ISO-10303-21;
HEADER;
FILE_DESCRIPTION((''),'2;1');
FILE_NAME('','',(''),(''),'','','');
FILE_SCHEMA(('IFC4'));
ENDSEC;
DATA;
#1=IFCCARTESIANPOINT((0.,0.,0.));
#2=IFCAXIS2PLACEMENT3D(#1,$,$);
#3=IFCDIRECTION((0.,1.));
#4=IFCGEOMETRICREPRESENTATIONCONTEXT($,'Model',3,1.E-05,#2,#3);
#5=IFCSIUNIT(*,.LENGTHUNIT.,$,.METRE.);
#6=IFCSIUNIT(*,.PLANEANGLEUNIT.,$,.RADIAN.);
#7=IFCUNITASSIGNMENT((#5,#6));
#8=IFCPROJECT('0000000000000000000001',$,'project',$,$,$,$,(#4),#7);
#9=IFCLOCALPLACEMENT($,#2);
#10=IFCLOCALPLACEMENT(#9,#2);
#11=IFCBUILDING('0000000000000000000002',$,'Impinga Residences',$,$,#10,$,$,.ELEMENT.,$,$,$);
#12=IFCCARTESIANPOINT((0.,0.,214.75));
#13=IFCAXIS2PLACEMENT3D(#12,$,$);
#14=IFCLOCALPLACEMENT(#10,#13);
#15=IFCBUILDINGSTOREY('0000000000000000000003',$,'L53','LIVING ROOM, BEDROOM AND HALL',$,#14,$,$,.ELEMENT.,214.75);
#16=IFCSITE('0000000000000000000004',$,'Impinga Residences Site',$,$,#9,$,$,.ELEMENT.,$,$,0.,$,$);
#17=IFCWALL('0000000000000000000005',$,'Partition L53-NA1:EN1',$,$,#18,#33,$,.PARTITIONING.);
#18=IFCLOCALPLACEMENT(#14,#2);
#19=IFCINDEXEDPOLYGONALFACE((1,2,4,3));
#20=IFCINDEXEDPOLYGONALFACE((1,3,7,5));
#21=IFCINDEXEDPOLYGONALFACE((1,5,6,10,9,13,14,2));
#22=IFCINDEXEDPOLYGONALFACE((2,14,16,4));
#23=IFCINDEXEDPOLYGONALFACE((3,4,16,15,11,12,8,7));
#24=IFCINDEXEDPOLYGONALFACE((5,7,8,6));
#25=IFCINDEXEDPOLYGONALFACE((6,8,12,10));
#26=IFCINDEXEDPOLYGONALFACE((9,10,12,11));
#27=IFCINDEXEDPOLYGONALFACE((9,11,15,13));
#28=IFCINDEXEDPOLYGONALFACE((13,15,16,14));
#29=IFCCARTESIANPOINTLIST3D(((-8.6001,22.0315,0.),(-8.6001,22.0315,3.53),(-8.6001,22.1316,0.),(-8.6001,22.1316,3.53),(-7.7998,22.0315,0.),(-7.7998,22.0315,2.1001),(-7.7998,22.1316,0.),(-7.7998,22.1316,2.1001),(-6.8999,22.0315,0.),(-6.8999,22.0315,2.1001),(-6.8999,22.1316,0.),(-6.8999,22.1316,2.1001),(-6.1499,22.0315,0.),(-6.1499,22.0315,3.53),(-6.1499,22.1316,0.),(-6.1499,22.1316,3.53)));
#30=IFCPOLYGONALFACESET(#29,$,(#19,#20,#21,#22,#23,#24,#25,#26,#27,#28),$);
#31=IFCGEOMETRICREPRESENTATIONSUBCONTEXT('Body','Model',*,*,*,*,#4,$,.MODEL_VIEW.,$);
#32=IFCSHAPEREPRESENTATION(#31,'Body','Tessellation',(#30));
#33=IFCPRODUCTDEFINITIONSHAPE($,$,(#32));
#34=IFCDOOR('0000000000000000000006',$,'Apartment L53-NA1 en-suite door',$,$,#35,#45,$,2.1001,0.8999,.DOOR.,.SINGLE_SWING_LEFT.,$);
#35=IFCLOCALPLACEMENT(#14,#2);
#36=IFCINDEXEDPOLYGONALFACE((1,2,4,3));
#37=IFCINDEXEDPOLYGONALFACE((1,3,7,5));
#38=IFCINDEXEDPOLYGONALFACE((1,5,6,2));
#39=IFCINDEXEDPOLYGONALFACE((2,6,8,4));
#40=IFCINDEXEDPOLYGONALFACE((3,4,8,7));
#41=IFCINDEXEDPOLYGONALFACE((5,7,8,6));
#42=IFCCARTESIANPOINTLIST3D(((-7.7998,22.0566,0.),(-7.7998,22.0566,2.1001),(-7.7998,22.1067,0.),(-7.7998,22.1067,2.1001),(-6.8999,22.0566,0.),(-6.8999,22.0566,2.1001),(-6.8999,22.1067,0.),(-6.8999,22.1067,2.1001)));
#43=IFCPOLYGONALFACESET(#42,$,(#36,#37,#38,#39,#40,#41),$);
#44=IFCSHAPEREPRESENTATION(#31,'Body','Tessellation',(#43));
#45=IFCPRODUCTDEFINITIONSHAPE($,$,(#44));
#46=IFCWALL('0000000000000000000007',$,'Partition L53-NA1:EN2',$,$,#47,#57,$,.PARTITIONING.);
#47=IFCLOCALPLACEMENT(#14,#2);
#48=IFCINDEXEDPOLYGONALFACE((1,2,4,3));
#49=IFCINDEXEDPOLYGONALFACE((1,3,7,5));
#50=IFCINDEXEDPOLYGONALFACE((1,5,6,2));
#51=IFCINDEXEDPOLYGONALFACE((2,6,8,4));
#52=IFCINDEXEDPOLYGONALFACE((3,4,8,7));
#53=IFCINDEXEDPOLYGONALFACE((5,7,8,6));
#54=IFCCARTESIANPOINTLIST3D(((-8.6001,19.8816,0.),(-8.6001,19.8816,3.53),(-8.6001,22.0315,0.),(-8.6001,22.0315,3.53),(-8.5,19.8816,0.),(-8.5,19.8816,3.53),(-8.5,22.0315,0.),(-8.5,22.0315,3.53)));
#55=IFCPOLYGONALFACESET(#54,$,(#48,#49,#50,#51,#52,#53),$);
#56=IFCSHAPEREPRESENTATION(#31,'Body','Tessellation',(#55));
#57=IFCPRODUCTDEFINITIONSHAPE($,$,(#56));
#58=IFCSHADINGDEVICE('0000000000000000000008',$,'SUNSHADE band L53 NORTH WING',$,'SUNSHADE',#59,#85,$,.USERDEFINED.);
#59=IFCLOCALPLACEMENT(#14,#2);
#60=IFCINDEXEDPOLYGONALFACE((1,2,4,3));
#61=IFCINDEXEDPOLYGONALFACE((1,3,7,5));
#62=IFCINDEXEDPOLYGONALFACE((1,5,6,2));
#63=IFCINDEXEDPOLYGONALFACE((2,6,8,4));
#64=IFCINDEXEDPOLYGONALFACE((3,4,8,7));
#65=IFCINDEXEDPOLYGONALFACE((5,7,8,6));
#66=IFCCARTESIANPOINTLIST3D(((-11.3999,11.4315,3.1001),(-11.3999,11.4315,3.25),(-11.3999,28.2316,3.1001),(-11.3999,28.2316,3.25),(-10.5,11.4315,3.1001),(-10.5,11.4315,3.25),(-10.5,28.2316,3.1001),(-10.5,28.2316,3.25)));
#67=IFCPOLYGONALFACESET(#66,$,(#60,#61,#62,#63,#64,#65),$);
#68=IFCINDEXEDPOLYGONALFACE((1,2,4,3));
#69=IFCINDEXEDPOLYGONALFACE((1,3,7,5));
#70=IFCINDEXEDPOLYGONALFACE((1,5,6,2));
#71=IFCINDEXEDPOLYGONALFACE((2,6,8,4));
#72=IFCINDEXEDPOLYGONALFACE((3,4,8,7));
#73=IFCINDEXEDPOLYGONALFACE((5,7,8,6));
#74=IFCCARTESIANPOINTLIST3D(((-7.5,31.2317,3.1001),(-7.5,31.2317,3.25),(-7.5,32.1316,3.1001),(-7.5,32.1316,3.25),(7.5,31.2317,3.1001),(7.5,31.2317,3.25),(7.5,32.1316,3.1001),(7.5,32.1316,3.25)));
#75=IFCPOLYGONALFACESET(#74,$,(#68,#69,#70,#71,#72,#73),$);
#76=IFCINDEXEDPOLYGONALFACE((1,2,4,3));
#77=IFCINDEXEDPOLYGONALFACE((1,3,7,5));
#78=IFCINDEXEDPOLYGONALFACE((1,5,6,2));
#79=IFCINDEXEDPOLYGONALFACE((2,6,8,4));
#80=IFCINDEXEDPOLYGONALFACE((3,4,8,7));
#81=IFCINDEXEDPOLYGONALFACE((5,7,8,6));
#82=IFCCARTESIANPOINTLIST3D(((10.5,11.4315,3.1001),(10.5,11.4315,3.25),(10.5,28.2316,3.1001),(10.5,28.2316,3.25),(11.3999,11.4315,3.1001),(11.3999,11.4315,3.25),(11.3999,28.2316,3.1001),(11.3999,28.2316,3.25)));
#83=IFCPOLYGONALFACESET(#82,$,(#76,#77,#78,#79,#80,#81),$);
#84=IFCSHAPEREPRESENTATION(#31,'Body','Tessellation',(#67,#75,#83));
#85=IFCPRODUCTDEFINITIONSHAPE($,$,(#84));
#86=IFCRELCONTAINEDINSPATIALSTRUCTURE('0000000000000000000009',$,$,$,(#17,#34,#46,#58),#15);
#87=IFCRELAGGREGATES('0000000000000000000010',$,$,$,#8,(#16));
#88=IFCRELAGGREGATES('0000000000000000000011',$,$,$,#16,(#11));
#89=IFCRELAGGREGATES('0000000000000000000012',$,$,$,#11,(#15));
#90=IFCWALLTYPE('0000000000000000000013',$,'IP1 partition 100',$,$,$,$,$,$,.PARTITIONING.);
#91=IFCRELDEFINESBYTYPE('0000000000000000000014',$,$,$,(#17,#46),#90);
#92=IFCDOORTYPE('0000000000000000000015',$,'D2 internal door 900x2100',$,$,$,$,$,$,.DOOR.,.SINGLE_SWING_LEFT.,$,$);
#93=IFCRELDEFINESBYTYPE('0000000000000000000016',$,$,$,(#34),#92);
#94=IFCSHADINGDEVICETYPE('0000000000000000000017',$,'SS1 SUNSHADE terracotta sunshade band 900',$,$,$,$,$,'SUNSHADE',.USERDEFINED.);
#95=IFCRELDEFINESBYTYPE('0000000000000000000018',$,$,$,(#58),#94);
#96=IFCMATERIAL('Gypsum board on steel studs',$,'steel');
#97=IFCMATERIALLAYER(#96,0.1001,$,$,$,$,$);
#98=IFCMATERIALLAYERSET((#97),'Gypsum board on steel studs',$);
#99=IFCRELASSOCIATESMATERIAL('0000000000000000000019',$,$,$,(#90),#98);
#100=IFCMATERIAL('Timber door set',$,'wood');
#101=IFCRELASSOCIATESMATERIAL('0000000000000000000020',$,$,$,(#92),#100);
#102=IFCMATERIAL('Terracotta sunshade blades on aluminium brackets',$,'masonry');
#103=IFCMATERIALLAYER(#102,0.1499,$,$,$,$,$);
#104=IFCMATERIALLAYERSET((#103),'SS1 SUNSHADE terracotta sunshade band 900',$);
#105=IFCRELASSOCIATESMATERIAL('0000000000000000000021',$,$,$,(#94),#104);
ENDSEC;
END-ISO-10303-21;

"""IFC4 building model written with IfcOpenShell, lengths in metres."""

from ifc_helpers import new_model, si_unit, direction, frame, frame_2d, origin, origin_2d, place, context, subcontext, project, spatial, rectangle, extrude, material, layer, layer_set, type_object, element, fill, save


model = new_model("IFC4")

# Units and contexts
model_context = context("Model", 3, precision=1e-05, world=origin(), true_north=direction((0.0, 1.0)))
body_context = subcontext(model_context, "Body", "Model", "MODEL_VIEW")
ifc_project = project(units=[si_unit("LENGTHUNIT", "METRE"), si_unit("PLANEANGLEUNIT", "RADIAN")], contexts=[model_context])

# Site, building, storey
site_placement = place(None, origin())
site = spatial("IfcSite", under=ifc_project, at=site_placement, Name="Impinga Residences Site", CompositionType="ELEMENT", RefElevation=0.0)
building_placement = place(site_placement, origin())
building = spatial("IfcBuilding", under=site, at=building_placement, Name="Impinga Residences", CompositionType="ELEMENT")
storey_placement = place(building_placement, frame((0.0, 0.0, 214.75)))
storey = spatial("IfcBuildingStorey", under=building, at=storey_placement, Name="L53", Description="LIVING ROOM, BEDROOM AND HALL", CompositionType="ELEMENT", Elevation=214.75)

# Shared definitions
ifc_material_1 = material(Name="Timber door set", Category="wood")

# Shared definitions
ifc_material_2 = material(Name="Gypsum board on steel studs", Category="steel")
ifc_layer_1 = layer(ifc_material_2, 0.1001)
ifc_layer_set_1 = layer_set([ifc_layer_1], Name="Gypsum board on steel studs")
wall_type_1 = type_object("IfcWallType", Name="IP1 partition 100", PredefinedType="PARTITIONING", material=ifc_layer_set_1)

# Wall, opening, door
wall_1_placement = place(storey_placement, frame((-6.1499, 22.0815, 0.0), z_axis=(0.0, 0.0, 1.0), x_axis=(-1.0, 0.0, 0.0)))
wall_1 = element("IfcWall", 1, at=wall_1_placement, inside=storey, type_object=wall_type_1, Name="Partition L53-NA1:EN1", PredefinedType="PARTITIONING", context=body_context, shape_type="SweptSolid", body=[
    extrude(rectangle(XDim=2.4502, YDim=0.1001, at=frame_2d((1.2251, 0.0))), origin(), (0.0, 0.0, 1.0), 3.53),
])
opening_1_placement = place(wall_1_placement, frame((0.75, 0.0, 0.0)))
opening_1 = element("IfcOpeningElement", 2, at=opening_1_placement, cuts=wall_1, PredefinedType="OPENING", context=body_context, shape_type="SweptSolid", body=[
    extrude(rectangle(XDim=0.8999, YDim=2.1001, at=frame_2d((0.45, 1.05))), frame((0.0, 0.0601, 0.0), z_axis=(0.0, -1.0, 0.0), x_axis=(1.0, 0.0, 0.0)), (0.0, 0.0, 1.0), 0.1201),
])
door_type_1 = type_object("IfcDoorType", Name="D2 internal door 900x2100", OperationType="SINGLE_SWING_LEFT", PredefinedType="DOOR", material=ifc_material_1)
door_1_placement = place(opening_1_placement, origin())
door_1 = element("IfcDoor", 3, at=door_1_placement, inside=storey, type_object=door_type_1, Name="Apartment L53-NA1 en-suite door", OperationType="SINGLE_SWING_LEFT", OverallHeight=2.1001, OverallWidth=0.8999, PredefinedType="DOOR", context=body_context, shape_type="SweptSolid", body=[
    extrude(rectangle(XDim=0.8999, YDim=2.1001, at=frame_2d((0.45, 1.05))), frame((0.0, 0.0249, 0.0), z_axis=(0.0, -1.0, 0.0), x_axis=(1.0, 0.0, 0.0)), (0.0, 0.0, 1.0), 0.05),
])
fill(opening_1, door_1)

# Wall
wall_2_placement = place(storey_placement, frame((-8.55, 19.8816, 0.0), z_axis=(0.0, 0.0, 1.0), x_axis=(0.0, 1.0, 0.0)))
element("IfcWall", 4, at=wall_2_placement, inside=storey, type_object=wall_type_1, Name="Partition L53-NA1:EN2", PredefinedType="PARTITIONING", context=body_context, shape_type="SweptSolid", body=[
    extrude(rectangle(XDim=2.1499, YDim=0.1001, at=frame_2d((1.075, 0.0))), origin(), (0.0, 0.0, 1.0), 3.53),
])

# Shading device
ifc_material_3 = material(Name="Terracotta sunshade blades on aluminium brackets", Category="masonry")
ifc_layer_2 = layer(ifc_material_3, 0.1499)
ifc_layer_set_2 = layer_set([ifc_layer_2], Name="SS1 SUNSHADE terracotta sunshade band 900")
shading_device_type = type_object("IfcShadingDeviceType", Name="SS1 SUNSHADE terracotta sunshade band 900", ElementType="SUNSHADE", PredefinedType="USERDEFINED", material=ifc_layer_set_2)
shading_device_placement = place(storey_placement, frame((-10.95, 19.8315, 3.1001), z_axis=(0.0, 0.0, 1.0), x_axis=(0.0, 1.0, 0.0)))
element("IfcShadingDevice", 5, at=shading_device_placement, inside=storey, type_object=shading_device_type, Name="SUNSHADE band L53 NORTH WING", ObjectType="SUNSHADE", PredefinedType="USERDEFINED", context=body_context, shape_type="SweptSolid", body=[
    extrude(rectangle(XDim=16.8, YDim=0.8999, at=origin_2d()), origin(), (0.0, 0.0, 1.0), 0.1499),
    extrude(rectangle(XDim=15.0, YDim=0.8999, at=origin_2d()), frame((11.8501, -10.95, 0.0), z_axis=(0.0, 0.0, 1.0), x_axis=(0.0, -1.0, 0.0)), (0.0, 0.0, 1.0), 0.1499),
    extrude(rectangle(XDim=16.8, YDim=0.8999, at=origin_2d()), frame((0.0, -21.8999, 0.0), z_axis=(0.0, 0.0, 1.0), x_axis=(-1.0, 0.0, 0.0)), (0.0, 0.0, 1.0), 0.1499),
])

save(model, "model.ifc")
